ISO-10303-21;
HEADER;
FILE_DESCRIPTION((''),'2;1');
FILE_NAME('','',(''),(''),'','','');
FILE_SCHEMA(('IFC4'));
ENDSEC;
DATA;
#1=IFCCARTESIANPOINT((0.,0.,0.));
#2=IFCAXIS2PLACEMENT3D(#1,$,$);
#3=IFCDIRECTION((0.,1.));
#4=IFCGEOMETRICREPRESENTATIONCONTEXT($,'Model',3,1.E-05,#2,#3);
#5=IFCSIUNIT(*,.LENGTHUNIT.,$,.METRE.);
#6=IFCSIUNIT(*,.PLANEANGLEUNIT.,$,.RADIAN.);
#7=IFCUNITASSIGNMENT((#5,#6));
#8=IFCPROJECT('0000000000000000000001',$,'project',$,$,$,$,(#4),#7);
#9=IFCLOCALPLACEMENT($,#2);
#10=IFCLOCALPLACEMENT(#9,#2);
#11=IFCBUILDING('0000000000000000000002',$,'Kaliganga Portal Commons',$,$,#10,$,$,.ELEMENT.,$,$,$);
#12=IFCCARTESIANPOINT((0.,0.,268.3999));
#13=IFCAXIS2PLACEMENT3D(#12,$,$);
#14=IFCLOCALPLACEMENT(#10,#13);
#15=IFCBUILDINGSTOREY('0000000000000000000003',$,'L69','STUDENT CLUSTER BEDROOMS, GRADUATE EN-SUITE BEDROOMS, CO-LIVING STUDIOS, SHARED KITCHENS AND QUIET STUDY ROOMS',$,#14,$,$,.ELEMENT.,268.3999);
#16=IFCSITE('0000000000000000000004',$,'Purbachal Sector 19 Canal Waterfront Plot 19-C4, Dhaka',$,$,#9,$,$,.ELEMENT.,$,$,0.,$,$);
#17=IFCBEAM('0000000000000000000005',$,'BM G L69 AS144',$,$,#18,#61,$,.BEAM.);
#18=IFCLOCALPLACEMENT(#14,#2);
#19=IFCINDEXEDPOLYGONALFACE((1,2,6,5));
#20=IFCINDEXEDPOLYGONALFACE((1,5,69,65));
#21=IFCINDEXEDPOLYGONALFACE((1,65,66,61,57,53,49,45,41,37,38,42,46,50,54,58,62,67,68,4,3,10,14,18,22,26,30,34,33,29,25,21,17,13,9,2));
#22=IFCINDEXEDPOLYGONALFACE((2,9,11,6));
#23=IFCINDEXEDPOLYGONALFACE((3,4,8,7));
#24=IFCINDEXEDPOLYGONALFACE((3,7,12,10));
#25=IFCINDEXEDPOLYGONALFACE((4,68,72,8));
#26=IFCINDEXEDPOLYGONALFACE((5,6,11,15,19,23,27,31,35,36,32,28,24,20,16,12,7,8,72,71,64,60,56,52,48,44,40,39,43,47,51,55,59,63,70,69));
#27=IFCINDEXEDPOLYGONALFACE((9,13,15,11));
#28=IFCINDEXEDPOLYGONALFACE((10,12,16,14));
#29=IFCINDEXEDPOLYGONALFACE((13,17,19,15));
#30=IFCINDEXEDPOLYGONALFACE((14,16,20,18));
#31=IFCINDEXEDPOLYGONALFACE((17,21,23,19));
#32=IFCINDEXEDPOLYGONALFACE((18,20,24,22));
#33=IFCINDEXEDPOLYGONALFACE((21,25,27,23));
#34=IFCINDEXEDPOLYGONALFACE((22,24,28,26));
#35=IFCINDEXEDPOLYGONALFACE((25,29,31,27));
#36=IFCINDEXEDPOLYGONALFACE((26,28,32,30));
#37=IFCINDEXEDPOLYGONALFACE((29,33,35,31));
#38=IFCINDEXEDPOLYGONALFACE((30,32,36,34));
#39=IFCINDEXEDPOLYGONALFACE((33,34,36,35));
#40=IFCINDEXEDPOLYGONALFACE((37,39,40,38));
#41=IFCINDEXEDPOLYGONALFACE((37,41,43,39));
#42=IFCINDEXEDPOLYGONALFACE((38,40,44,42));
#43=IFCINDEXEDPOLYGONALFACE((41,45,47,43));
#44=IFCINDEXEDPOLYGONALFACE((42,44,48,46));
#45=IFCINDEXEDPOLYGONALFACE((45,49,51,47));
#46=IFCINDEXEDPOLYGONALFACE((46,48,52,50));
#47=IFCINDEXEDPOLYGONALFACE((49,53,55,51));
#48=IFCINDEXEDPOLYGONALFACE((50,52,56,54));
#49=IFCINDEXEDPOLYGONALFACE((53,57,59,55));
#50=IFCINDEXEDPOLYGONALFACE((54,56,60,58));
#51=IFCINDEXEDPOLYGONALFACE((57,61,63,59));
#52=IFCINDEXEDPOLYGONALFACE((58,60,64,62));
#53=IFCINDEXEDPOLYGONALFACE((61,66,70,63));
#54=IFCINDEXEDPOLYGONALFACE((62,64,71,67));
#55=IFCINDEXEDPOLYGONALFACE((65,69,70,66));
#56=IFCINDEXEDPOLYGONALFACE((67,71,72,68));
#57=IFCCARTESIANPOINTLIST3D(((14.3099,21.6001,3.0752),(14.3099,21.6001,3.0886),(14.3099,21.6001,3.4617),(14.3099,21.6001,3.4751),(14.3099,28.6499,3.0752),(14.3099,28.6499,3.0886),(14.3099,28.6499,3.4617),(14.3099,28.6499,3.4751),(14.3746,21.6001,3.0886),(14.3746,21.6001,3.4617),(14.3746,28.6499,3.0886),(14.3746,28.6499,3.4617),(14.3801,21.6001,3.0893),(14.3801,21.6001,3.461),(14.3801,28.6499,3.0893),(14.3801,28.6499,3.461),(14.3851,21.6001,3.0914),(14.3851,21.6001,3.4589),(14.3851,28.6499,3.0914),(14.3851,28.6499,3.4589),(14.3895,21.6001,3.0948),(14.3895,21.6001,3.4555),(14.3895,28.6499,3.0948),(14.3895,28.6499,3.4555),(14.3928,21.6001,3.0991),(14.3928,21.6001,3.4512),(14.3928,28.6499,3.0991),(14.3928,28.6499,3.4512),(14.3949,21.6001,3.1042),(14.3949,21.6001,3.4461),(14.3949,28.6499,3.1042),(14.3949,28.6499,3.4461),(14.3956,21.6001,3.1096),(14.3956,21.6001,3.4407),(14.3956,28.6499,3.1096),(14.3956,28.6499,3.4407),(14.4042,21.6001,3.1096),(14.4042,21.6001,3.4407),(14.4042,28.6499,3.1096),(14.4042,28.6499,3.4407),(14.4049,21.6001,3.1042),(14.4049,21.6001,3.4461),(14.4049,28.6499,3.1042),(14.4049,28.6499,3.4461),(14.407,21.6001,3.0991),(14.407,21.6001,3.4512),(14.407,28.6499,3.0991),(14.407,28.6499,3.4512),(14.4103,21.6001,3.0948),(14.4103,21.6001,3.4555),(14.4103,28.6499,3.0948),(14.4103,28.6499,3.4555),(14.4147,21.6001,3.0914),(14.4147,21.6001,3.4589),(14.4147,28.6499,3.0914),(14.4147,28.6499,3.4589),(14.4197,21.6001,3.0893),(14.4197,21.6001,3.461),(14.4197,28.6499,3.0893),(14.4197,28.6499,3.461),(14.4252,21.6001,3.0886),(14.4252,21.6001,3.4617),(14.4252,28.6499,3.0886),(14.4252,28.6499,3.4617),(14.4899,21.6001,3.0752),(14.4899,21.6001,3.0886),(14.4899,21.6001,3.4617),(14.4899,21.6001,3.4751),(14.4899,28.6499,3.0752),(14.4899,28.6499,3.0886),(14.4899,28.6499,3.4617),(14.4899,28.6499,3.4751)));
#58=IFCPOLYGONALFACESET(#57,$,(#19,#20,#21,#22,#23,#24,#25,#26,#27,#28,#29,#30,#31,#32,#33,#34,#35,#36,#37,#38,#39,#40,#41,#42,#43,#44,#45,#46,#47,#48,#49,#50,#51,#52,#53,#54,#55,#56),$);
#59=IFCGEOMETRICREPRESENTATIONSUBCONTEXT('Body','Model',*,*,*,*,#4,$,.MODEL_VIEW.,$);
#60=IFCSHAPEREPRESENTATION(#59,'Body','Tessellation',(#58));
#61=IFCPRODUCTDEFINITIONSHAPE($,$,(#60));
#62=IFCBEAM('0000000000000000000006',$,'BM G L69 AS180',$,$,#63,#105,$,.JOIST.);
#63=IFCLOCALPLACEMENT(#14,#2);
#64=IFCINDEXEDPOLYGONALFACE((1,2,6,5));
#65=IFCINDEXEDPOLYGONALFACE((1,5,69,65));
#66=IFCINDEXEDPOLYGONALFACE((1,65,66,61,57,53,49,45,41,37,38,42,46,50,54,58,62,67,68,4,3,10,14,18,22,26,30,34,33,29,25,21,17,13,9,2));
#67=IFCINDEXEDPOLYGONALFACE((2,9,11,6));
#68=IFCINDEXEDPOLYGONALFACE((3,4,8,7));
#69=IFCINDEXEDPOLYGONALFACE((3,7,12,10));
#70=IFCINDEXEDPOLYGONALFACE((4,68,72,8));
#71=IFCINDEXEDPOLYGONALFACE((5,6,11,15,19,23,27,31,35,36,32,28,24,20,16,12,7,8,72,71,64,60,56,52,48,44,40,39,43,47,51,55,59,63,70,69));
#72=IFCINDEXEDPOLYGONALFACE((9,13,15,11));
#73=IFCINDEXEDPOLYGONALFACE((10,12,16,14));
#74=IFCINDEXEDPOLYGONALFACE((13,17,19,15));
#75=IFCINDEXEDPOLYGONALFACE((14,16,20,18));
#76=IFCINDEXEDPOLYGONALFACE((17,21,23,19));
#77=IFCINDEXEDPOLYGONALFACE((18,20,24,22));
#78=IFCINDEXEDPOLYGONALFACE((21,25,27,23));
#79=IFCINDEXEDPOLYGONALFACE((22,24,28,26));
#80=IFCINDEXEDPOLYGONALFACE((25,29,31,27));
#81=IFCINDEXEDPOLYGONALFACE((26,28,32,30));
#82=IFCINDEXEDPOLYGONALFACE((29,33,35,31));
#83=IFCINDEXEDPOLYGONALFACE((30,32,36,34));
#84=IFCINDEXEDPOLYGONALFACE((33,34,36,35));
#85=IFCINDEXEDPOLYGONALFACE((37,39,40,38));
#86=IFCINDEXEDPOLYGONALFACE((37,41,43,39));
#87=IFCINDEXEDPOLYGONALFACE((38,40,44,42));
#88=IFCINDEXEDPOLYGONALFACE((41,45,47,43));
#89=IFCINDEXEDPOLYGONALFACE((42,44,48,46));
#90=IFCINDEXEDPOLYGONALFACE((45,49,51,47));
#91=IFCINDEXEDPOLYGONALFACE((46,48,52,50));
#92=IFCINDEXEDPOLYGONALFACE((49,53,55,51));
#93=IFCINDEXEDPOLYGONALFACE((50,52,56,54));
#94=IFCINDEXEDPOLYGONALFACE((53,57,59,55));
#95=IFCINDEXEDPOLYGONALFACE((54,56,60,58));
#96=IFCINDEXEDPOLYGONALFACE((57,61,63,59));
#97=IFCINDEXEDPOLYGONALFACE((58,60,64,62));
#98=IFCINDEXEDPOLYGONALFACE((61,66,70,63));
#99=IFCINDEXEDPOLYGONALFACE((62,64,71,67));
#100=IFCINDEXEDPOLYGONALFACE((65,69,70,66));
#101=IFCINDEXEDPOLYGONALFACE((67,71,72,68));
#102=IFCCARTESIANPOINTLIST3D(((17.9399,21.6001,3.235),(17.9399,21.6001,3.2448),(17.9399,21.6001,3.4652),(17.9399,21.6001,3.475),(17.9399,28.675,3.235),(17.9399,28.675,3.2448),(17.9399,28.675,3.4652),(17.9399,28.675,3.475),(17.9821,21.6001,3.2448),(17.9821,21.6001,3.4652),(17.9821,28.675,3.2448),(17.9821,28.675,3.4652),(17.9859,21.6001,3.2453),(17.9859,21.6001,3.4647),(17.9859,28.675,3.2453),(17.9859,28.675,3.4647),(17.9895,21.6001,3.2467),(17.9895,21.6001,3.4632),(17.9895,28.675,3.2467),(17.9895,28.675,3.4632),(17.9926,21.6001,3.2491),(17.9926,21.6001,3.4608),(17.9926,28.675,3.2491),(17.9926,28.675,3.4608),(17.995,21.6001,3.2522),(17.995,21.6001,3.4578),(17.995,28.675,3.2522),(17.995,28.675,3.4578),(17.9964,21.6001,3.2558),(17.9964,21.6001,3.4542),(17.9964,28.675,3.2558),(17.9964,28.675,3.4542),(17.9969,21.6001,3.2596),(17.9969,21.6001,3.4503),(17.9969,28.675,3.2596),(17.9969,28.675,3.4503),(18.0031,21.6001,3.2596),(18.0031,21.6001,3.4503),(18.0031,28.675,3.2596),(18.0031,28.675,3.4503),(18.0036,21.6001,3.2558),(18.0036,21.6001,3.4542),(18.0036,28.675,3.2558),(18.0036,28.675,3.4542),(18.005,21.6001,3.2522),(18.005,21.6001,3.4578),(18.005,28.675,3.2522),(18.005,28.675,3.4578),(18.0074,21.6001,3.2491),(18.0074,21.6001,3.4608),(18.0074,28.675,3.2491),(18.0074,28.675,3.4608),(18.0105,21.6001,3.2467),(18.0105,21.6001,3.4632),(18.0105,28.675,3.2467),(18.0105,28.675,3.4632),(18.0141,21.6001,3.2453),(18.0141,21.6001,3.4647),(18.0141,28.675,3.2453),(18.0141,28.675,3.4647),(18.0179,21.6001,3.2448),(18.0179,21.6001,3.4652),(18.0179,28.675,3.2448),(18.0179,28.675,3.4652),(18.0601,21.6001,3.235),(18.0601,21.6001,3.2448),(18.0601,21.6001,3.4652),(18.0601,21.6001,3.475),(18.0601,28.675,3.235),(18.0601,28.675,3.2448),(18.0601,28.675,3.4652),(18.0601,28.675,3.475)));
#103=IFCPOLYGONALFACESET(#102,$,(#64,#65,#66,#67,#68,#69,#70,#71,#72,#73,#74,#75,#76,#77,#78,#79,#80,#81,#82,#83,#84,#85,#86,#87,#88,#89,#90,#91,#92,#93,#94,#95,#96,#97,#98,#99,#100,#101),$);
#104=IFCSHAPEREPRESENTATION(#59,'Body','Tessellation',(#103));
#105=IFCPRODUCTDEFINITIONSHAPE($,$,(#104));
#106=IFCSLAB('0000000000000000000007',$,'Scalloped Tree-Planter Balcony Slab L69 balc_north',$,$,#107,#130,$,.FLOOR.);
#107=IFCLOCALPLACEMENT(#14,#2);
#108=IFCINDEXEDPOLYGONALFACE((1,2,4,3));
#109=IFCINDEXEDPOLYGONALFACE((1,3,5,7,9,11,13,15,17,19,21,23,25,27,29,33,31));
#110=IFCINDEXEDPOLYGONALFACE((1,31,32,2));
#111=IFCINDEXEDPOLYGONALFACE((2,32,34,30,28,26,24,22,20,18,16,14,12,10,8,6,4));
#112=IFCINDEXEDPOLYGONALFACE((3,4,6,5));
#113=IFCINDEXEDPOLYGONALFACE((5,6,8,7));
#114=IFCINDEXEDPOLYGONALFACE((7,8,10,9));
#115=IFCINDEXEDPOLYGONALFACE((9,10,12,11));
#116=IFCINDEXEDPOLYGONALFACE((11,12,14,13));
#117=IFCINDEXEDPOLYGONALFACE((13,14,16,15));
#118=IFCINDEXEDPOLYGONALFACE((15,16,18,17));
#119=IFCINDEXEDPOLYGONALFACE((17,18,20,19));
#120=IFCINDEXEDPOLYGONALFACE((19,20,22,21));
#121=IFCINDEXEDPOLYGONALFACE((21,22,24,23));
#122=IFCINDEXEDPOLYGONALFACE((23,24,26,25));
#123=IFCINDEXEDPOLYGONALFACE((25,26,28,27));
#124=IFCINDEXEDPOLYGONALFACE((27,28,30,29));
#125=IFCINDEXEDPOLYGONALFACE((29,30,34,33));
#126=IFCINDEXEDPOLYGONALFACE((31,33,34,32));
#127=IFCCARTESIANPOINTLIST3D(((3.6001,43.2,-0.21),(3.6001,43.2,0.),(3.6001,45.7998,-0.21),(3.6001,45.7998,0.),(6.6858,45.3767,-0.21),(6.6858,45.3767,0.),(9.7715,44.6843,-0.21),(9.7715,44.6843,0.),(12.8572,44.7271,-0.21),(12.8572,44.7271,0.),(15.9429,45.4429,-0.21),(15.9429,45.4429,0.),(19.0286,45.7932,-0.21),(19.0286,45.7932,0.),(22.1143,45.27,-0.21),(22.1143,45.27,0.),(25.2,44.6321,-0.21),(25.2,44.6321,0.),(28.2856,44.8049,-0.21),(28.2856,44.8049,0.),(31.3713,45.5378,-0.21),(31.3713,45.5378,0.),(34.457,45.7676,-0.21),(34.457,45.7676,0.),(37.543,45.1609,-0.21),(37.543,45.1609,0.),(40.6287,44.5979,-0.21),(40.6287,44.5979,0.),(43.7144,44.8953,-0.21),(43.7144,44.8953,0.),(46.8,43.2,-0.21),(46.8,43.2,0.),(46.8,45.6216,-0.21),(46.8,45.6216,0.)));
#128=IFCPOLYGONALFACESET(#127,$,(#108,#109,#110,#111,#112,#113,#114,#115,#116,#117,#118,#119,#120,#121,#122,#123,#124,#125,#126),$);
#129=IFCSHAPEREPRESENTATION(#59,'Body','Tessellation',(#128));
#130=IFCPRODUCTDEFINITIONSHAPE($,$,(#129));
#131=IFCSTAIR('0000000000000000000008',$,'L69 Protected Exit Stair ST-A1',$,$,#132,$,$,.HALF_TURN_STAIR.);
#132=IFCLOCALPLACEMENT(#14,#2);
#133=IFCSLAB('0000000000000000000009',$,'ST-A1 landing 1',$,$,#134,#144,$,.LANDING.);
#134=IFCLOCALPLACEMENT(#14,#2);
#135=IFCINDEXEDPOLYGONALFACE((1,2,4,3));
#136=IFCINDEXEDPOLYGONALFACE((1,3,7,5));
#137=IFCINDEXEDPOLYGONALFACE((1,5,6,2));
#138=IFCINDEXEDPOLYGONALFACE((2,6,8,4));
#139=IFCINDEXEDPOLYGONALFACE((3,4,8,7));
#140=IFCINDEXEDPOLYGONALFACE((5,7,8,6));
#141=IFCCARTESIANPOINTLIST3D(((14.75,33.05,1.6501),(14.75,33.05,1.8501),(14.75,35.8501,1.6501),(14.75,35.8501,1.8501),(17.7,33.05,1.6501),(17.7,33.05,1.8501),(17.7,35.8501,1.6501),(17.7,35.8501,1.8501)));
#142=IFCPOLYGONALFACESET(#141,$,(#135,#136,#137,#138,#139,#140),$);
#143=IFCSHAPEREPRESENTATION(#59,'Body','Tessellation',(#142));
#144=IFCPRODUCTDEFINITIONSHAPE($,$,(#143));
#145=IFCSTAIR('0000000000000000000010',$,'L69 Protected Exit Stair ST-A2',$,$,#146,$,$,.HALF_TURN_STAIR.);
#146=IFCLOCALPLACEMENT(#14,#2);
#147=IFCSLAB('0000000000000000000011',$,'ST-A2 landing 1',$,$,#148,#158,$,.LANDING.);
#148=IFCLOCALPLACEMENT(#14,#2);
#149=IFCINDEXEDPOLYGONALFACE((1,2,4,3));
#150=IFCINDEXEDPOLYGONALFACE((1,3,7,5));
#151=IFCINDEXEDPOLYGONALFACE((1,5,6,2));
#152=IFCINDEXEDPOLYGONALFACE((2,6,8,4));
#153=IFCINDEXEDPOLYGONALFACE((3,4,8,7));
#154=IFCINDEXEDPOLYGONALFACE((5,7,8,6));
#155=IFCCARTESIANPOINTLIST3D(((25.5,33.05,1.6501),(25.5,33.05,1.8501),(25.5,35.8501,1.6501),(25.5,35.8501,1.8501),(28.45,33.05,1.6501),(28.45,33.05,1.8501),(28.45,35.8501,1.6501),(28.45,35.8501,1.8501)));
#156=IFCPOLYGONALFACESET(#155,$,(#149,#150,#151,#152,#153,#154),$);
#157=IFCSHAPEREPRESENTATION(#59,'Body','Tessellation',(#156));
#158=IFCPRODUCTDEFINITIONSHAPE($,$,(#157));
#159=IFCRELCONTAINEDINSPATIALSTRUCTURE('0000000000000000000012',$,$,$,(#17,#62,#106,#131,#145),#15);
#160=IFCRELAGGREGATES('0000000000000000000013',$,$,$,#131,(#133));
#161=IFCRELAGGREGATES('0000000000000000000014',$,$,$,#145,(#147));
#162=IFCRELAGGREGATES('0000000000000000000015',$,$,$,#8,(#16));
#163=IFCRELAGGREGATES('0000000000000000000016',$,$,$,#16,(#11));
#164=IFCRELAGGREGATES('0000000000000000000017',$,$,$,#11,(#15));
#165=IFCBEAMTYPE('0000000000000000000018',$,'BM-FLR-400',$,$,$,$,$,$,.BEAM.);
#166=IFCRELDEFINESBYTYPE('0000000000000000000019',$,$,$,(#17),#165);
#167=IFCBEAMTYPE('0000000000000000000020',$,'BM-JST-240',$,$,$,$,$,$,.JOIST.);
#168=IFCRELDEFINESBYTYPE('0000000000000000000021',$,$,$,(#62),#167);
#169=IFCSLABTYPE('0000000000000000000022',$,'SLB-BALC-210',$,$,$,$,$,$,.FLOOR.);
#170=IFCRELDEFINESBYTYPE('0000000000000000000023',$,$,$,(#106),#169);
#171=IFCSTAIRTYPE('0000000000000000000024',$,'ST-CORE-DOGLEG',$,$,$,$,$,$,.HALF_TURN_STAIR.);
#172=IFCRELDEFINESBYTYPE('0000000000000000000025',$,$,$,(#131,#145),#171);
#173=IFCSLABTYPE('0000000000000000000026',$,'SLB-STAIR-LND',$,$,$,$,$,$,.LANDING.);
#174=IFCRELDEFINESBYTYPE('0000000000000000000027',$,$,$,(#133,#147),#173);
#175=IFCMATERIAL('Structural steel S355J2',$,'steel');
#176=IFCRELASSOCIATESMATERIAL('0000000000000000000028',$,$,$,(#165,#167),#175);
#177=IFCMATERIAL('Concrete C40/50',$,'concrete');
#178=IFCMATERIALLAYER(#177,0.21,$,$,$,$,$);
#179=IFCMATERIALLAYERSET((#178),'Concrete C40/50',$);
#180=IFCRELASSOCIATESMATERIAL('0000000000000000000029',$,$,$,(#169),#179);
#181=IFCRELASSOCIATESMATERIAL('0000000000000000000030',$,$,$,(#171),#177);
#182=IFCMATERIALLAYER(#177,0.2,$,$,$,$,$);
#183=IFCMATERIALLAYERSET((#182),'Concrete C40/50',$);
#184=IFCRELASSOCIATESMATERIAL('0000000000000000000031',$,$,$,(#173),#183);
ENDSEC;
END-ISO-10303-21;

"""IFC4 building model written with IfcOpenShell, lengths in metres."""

from ifc_helpers import new_model, si_unit, direction, frame, origin, origin_2d, place, context, subcontext, project, spatial, polyline, i_section, outline, extrude, source, transform, mapped, material, layer, layer_set, material_profile, profile_set, type_object, element, aggregate, save


model = new_model("IFC4")

# Units and contexts
model_context = context("Model", 3, precision=1e-05, world=origin(), true_north=direction((0.0, 1.0)))
body_context = subcontext(model_context, "Body", "Model", "MODEL_VIEW")
ifc_project = project(units=[si_unit("LENGTHUNIT", "METRE"), si_unit("PLANEANGLEUNIT", "RADIAN")], contexts=[model_context])

# Site, building, storey
site_placement = place(None, origin())
site = spatial("IfcSite", under=ifc_project, at=site_placement, Name="Purbachal Sector 19 Canal Waterfront Plot 19-C4, Dhaka", CompositionType="ELEMENT", RefElevation=0.0)
building_placement = place(site_placement, origin())
building = spatial("IfcBuilding", under=site, at=building_placement, Name="Kaliganga Portal Commons", CompositionType="ELEMENT")
storey_placement = place(building_placement, frame((0.0, 0.0, 268.3999)))
storey = spatial("IfcBuildingStorey", under=building, at=storey_placement, Name="L69", Description="STUDENT CLUSTER BEDROOMS, GRADUATE EN-SUITE BEDROOMS, CO-LIVING STUDIOS, SHARED KITCHENS AND QUIET STUDY ROOMS", CompositionType="ELEMENT", Elevation=268.3999)

# Shared definitions
ifc_material_1 = material(Name="Structural steel S355J2", Category="steel")

# Beams
ifc_material_profile_1 = material_profile(ifc_material_1, i_section(OverallWidth=0.1799, OverallDepth=0.3999, WebThickness=0.0085, FlangeThickness=0.0134, FilletRadius=0.021, at=origin_2d()), Name="IPE 400")
ifc_profile_set_1 = profile_set([ifc_material_profile_1], Name="Structural steel S355J2 wide-flange")
beam_type_1 = type_object("IfcBeamType", Name="BM-FLR-400", PredefinedType="BEAM", material=ifc_profile_set_1)
shared_shape_1 = source(origin(), body_context, "Body", "SweptSolid", [
    extrude(i_section(OverallWidth=0.1799, OverallDepth=0.3999, WebThickness=0.0085, FlangeThickness=0.0134, FilletRadius=0.021, at=origin_2d()), origin(), (0.0, 0.0, 1.0), 7.0498),
])
beam_1_placement = place(storey_placement, frame((14.3999, 21.6001, 3.2751), z_axis=(0.0, 1.0, 0.0), x_axis=(-1.0, 0.0, 0.0)))
element("IfcBeam", 1, at=beam_1_placement, inside=storey, type_object=beam_type_1, Name="BM G L69 AS144", PredefinedType="BEAM", context=body_context, shape_type="MappedRepresentation", body=[
    mapped(shared_shape_1, transform((0.0, 0.0, 0.0), x_axis=(1.0, 0.0, 0.0), y_axis=(0.0, 1.0, 0.0), z_axis=(0.0, 0.0, 1.0), scale=1.0)),
])
ifc_material_profile_2 = material_profile(ifc_material_1, i_section(OverallWidth=0.1201, OverallDepth=0.24, WebThickness=0.0061, FlangeThickness=0.0098, FilletRadius=0.0149, at=origin_2d()), Name="IPE 240")
ifc_profile_set_2 = profile_set([ifc_material_profile_2], Name="Structural steel S355J2 wide-flange")
beam_type_2 = type_object("IfcBeamType", Name="BM-JST-240", PredefinedType="JOIST", material=ifc_profile_set_2)
shared_shape_2 = source(origin(), body_context, "Body", "SweptSolid", [
    extrude(i_section(OverallWidth=0.1201, OverallDepth=0.24, WebThickness=0.0061, FlangeThickness=0.0098, FilletRadius=0.0149, at=origin_2d()), origin(), (0.0, 0.0, 1.0), 7.075),
])
beam_2_placement = place(storey_placement, frame((18.0, 21.6001, 3.355), z_axis=(0.0, 1.0, 0.0), x_axis=(-1.0, 0.0, 0.0)))
element("IfcBeam", 2, at=beam_2_placement, inside=storey, type_object=beam_type_2, Name="BM G L69 AS180", PredefinedType="JOIST", context=body_context, shape_type="MappedRepresentation", body=[
    mapped(shared_shape_2, transform((0.0, 0.0, 0.0), x_axis=(1.0, 0.0, 0.0), y_axis=(0.0, 1.0, 0.0), z_axis=(0.0, 0.0, 1.0), scale=1.0)),
])

# Slab
ifc_material_2 = material(Name="Concrete C40/50", Category="concrete")
ifc_layer_1 = layer(ifc_material_2, 0.21)
ifc_layer_set_1 = layer_set([ifc_layer_1], Name="Concrete C40/50")
slab_type_1 = type_object("IfcSlabType", Name="SLB-BALC-210", PredefinedType="FLOOR", material=ifc_layer_set_1)
slab_1_placement = place(storey_placement, frame((0.0, 0.0, -0.21)))
element("IfcSlab", 3, at=slab_1_placement, inside=storey, type_object=slab_type_1, Name="Scalloped Tree-Planter Balcony Slab L69 balc_north", PredefinedType="FLOOR", context=body_context, shape_type="SweptSolid", body=[
    extrude(outline(polyline([(46.8, 43.2), (46.8, 45.6216), (43.7144, 44.8953), (40.6287, 44.5979), (37.543, 45.1609), (34.457, 45.7676), (31.3713, 45.5378), (28.2856, 44.8049), (25.2, 44.6321), (22.1143, 45.27), (19.0286, 45.7932), (15.9429, 45.4429), (12.8572, 44.7271), (9.7715, 44.6843), (6.6858, 45.3767), (3.6001, 45.7998), (3.6001, 43.2), (46.8, 43.2)])), origin(), (0.0, 0.0, 1.0), 0.21),
])

# Stairs, slabs
stair_type = type_object("IfcStairType", Name="ST-CORE-DOGLEG", PredefinedType="HALF_TURN_STAIR", material=ifc_material_2)
stair_1_placement = place(storey_placement, origin())
stair_1 = element("IfcStair", 4, at=stair_1_placement, inside=storey, type_object=stair_type, Name="L69 Protected Exit Stair ST-A1", PredefinedType="HALF_TURN_STAIR")
ifc_layer_2 = layer(ifc_material_2, 0.2)
ifc_layer_set_2 = layer_set([ifc_layer_2], Name="Concrete C40/50")
slab_type_2 = type_object("IfcSlabType", Name="SLB-STAIR-LND", PredefinedType="LANDING", material=ifc_layer_set_2)
slab_2_placement = place(storey_placement, frame((0.0, 0.0, 1.6501)))
slab_2 = element("IfcSlab", 5, at=slab_2_placement, type_object=slab_type_2, Name="ST-A1 landing 1", PredefinedType="LANDING", context=body_context, shape_type="SweptSolid", body=[
    extrude(outline(polyline([(17.7, 33.05), (17.7, 35.8501), (14.75, 35.8501), (14.75, 33.05), (17.7, 33.05)])), origin(), (0.0, 0.0, 1.0), 0.2),
])
aggregate(stair_1, [slab_2])
stair_2_placement = place(storey_placement, origin())
stair_2 = element("IfcStair", 6, at=stair_2_placement, inside=storey, type_object=stair_type, Name="L69 Protected Exit Stair ST-A2", PredefinedType="HALF_TURN_STAIR")
slab_3_placement = place(storey_placement, frame((0.0, 0.0, 1.6501)))
slab_3 = element("IfcSlab", 7, at=slab_3_placement, type_object=slab_type_2, Name="ST-A2 landing 1", PredefinedType="LANDING", context=body_context, shape_type="SweptSolid", body=[
    extrude(outline(polyline([(28.45, 33.05), (28.45, 35.8501), (25.5, 35.8501), (25.5, 33.05), (28.45, 33.05)])), origin(), (0.0, 0.0, 1.0), 0.2),
])
aggregate(stair_2, [slab_3])

save(model, "model.ifc")
